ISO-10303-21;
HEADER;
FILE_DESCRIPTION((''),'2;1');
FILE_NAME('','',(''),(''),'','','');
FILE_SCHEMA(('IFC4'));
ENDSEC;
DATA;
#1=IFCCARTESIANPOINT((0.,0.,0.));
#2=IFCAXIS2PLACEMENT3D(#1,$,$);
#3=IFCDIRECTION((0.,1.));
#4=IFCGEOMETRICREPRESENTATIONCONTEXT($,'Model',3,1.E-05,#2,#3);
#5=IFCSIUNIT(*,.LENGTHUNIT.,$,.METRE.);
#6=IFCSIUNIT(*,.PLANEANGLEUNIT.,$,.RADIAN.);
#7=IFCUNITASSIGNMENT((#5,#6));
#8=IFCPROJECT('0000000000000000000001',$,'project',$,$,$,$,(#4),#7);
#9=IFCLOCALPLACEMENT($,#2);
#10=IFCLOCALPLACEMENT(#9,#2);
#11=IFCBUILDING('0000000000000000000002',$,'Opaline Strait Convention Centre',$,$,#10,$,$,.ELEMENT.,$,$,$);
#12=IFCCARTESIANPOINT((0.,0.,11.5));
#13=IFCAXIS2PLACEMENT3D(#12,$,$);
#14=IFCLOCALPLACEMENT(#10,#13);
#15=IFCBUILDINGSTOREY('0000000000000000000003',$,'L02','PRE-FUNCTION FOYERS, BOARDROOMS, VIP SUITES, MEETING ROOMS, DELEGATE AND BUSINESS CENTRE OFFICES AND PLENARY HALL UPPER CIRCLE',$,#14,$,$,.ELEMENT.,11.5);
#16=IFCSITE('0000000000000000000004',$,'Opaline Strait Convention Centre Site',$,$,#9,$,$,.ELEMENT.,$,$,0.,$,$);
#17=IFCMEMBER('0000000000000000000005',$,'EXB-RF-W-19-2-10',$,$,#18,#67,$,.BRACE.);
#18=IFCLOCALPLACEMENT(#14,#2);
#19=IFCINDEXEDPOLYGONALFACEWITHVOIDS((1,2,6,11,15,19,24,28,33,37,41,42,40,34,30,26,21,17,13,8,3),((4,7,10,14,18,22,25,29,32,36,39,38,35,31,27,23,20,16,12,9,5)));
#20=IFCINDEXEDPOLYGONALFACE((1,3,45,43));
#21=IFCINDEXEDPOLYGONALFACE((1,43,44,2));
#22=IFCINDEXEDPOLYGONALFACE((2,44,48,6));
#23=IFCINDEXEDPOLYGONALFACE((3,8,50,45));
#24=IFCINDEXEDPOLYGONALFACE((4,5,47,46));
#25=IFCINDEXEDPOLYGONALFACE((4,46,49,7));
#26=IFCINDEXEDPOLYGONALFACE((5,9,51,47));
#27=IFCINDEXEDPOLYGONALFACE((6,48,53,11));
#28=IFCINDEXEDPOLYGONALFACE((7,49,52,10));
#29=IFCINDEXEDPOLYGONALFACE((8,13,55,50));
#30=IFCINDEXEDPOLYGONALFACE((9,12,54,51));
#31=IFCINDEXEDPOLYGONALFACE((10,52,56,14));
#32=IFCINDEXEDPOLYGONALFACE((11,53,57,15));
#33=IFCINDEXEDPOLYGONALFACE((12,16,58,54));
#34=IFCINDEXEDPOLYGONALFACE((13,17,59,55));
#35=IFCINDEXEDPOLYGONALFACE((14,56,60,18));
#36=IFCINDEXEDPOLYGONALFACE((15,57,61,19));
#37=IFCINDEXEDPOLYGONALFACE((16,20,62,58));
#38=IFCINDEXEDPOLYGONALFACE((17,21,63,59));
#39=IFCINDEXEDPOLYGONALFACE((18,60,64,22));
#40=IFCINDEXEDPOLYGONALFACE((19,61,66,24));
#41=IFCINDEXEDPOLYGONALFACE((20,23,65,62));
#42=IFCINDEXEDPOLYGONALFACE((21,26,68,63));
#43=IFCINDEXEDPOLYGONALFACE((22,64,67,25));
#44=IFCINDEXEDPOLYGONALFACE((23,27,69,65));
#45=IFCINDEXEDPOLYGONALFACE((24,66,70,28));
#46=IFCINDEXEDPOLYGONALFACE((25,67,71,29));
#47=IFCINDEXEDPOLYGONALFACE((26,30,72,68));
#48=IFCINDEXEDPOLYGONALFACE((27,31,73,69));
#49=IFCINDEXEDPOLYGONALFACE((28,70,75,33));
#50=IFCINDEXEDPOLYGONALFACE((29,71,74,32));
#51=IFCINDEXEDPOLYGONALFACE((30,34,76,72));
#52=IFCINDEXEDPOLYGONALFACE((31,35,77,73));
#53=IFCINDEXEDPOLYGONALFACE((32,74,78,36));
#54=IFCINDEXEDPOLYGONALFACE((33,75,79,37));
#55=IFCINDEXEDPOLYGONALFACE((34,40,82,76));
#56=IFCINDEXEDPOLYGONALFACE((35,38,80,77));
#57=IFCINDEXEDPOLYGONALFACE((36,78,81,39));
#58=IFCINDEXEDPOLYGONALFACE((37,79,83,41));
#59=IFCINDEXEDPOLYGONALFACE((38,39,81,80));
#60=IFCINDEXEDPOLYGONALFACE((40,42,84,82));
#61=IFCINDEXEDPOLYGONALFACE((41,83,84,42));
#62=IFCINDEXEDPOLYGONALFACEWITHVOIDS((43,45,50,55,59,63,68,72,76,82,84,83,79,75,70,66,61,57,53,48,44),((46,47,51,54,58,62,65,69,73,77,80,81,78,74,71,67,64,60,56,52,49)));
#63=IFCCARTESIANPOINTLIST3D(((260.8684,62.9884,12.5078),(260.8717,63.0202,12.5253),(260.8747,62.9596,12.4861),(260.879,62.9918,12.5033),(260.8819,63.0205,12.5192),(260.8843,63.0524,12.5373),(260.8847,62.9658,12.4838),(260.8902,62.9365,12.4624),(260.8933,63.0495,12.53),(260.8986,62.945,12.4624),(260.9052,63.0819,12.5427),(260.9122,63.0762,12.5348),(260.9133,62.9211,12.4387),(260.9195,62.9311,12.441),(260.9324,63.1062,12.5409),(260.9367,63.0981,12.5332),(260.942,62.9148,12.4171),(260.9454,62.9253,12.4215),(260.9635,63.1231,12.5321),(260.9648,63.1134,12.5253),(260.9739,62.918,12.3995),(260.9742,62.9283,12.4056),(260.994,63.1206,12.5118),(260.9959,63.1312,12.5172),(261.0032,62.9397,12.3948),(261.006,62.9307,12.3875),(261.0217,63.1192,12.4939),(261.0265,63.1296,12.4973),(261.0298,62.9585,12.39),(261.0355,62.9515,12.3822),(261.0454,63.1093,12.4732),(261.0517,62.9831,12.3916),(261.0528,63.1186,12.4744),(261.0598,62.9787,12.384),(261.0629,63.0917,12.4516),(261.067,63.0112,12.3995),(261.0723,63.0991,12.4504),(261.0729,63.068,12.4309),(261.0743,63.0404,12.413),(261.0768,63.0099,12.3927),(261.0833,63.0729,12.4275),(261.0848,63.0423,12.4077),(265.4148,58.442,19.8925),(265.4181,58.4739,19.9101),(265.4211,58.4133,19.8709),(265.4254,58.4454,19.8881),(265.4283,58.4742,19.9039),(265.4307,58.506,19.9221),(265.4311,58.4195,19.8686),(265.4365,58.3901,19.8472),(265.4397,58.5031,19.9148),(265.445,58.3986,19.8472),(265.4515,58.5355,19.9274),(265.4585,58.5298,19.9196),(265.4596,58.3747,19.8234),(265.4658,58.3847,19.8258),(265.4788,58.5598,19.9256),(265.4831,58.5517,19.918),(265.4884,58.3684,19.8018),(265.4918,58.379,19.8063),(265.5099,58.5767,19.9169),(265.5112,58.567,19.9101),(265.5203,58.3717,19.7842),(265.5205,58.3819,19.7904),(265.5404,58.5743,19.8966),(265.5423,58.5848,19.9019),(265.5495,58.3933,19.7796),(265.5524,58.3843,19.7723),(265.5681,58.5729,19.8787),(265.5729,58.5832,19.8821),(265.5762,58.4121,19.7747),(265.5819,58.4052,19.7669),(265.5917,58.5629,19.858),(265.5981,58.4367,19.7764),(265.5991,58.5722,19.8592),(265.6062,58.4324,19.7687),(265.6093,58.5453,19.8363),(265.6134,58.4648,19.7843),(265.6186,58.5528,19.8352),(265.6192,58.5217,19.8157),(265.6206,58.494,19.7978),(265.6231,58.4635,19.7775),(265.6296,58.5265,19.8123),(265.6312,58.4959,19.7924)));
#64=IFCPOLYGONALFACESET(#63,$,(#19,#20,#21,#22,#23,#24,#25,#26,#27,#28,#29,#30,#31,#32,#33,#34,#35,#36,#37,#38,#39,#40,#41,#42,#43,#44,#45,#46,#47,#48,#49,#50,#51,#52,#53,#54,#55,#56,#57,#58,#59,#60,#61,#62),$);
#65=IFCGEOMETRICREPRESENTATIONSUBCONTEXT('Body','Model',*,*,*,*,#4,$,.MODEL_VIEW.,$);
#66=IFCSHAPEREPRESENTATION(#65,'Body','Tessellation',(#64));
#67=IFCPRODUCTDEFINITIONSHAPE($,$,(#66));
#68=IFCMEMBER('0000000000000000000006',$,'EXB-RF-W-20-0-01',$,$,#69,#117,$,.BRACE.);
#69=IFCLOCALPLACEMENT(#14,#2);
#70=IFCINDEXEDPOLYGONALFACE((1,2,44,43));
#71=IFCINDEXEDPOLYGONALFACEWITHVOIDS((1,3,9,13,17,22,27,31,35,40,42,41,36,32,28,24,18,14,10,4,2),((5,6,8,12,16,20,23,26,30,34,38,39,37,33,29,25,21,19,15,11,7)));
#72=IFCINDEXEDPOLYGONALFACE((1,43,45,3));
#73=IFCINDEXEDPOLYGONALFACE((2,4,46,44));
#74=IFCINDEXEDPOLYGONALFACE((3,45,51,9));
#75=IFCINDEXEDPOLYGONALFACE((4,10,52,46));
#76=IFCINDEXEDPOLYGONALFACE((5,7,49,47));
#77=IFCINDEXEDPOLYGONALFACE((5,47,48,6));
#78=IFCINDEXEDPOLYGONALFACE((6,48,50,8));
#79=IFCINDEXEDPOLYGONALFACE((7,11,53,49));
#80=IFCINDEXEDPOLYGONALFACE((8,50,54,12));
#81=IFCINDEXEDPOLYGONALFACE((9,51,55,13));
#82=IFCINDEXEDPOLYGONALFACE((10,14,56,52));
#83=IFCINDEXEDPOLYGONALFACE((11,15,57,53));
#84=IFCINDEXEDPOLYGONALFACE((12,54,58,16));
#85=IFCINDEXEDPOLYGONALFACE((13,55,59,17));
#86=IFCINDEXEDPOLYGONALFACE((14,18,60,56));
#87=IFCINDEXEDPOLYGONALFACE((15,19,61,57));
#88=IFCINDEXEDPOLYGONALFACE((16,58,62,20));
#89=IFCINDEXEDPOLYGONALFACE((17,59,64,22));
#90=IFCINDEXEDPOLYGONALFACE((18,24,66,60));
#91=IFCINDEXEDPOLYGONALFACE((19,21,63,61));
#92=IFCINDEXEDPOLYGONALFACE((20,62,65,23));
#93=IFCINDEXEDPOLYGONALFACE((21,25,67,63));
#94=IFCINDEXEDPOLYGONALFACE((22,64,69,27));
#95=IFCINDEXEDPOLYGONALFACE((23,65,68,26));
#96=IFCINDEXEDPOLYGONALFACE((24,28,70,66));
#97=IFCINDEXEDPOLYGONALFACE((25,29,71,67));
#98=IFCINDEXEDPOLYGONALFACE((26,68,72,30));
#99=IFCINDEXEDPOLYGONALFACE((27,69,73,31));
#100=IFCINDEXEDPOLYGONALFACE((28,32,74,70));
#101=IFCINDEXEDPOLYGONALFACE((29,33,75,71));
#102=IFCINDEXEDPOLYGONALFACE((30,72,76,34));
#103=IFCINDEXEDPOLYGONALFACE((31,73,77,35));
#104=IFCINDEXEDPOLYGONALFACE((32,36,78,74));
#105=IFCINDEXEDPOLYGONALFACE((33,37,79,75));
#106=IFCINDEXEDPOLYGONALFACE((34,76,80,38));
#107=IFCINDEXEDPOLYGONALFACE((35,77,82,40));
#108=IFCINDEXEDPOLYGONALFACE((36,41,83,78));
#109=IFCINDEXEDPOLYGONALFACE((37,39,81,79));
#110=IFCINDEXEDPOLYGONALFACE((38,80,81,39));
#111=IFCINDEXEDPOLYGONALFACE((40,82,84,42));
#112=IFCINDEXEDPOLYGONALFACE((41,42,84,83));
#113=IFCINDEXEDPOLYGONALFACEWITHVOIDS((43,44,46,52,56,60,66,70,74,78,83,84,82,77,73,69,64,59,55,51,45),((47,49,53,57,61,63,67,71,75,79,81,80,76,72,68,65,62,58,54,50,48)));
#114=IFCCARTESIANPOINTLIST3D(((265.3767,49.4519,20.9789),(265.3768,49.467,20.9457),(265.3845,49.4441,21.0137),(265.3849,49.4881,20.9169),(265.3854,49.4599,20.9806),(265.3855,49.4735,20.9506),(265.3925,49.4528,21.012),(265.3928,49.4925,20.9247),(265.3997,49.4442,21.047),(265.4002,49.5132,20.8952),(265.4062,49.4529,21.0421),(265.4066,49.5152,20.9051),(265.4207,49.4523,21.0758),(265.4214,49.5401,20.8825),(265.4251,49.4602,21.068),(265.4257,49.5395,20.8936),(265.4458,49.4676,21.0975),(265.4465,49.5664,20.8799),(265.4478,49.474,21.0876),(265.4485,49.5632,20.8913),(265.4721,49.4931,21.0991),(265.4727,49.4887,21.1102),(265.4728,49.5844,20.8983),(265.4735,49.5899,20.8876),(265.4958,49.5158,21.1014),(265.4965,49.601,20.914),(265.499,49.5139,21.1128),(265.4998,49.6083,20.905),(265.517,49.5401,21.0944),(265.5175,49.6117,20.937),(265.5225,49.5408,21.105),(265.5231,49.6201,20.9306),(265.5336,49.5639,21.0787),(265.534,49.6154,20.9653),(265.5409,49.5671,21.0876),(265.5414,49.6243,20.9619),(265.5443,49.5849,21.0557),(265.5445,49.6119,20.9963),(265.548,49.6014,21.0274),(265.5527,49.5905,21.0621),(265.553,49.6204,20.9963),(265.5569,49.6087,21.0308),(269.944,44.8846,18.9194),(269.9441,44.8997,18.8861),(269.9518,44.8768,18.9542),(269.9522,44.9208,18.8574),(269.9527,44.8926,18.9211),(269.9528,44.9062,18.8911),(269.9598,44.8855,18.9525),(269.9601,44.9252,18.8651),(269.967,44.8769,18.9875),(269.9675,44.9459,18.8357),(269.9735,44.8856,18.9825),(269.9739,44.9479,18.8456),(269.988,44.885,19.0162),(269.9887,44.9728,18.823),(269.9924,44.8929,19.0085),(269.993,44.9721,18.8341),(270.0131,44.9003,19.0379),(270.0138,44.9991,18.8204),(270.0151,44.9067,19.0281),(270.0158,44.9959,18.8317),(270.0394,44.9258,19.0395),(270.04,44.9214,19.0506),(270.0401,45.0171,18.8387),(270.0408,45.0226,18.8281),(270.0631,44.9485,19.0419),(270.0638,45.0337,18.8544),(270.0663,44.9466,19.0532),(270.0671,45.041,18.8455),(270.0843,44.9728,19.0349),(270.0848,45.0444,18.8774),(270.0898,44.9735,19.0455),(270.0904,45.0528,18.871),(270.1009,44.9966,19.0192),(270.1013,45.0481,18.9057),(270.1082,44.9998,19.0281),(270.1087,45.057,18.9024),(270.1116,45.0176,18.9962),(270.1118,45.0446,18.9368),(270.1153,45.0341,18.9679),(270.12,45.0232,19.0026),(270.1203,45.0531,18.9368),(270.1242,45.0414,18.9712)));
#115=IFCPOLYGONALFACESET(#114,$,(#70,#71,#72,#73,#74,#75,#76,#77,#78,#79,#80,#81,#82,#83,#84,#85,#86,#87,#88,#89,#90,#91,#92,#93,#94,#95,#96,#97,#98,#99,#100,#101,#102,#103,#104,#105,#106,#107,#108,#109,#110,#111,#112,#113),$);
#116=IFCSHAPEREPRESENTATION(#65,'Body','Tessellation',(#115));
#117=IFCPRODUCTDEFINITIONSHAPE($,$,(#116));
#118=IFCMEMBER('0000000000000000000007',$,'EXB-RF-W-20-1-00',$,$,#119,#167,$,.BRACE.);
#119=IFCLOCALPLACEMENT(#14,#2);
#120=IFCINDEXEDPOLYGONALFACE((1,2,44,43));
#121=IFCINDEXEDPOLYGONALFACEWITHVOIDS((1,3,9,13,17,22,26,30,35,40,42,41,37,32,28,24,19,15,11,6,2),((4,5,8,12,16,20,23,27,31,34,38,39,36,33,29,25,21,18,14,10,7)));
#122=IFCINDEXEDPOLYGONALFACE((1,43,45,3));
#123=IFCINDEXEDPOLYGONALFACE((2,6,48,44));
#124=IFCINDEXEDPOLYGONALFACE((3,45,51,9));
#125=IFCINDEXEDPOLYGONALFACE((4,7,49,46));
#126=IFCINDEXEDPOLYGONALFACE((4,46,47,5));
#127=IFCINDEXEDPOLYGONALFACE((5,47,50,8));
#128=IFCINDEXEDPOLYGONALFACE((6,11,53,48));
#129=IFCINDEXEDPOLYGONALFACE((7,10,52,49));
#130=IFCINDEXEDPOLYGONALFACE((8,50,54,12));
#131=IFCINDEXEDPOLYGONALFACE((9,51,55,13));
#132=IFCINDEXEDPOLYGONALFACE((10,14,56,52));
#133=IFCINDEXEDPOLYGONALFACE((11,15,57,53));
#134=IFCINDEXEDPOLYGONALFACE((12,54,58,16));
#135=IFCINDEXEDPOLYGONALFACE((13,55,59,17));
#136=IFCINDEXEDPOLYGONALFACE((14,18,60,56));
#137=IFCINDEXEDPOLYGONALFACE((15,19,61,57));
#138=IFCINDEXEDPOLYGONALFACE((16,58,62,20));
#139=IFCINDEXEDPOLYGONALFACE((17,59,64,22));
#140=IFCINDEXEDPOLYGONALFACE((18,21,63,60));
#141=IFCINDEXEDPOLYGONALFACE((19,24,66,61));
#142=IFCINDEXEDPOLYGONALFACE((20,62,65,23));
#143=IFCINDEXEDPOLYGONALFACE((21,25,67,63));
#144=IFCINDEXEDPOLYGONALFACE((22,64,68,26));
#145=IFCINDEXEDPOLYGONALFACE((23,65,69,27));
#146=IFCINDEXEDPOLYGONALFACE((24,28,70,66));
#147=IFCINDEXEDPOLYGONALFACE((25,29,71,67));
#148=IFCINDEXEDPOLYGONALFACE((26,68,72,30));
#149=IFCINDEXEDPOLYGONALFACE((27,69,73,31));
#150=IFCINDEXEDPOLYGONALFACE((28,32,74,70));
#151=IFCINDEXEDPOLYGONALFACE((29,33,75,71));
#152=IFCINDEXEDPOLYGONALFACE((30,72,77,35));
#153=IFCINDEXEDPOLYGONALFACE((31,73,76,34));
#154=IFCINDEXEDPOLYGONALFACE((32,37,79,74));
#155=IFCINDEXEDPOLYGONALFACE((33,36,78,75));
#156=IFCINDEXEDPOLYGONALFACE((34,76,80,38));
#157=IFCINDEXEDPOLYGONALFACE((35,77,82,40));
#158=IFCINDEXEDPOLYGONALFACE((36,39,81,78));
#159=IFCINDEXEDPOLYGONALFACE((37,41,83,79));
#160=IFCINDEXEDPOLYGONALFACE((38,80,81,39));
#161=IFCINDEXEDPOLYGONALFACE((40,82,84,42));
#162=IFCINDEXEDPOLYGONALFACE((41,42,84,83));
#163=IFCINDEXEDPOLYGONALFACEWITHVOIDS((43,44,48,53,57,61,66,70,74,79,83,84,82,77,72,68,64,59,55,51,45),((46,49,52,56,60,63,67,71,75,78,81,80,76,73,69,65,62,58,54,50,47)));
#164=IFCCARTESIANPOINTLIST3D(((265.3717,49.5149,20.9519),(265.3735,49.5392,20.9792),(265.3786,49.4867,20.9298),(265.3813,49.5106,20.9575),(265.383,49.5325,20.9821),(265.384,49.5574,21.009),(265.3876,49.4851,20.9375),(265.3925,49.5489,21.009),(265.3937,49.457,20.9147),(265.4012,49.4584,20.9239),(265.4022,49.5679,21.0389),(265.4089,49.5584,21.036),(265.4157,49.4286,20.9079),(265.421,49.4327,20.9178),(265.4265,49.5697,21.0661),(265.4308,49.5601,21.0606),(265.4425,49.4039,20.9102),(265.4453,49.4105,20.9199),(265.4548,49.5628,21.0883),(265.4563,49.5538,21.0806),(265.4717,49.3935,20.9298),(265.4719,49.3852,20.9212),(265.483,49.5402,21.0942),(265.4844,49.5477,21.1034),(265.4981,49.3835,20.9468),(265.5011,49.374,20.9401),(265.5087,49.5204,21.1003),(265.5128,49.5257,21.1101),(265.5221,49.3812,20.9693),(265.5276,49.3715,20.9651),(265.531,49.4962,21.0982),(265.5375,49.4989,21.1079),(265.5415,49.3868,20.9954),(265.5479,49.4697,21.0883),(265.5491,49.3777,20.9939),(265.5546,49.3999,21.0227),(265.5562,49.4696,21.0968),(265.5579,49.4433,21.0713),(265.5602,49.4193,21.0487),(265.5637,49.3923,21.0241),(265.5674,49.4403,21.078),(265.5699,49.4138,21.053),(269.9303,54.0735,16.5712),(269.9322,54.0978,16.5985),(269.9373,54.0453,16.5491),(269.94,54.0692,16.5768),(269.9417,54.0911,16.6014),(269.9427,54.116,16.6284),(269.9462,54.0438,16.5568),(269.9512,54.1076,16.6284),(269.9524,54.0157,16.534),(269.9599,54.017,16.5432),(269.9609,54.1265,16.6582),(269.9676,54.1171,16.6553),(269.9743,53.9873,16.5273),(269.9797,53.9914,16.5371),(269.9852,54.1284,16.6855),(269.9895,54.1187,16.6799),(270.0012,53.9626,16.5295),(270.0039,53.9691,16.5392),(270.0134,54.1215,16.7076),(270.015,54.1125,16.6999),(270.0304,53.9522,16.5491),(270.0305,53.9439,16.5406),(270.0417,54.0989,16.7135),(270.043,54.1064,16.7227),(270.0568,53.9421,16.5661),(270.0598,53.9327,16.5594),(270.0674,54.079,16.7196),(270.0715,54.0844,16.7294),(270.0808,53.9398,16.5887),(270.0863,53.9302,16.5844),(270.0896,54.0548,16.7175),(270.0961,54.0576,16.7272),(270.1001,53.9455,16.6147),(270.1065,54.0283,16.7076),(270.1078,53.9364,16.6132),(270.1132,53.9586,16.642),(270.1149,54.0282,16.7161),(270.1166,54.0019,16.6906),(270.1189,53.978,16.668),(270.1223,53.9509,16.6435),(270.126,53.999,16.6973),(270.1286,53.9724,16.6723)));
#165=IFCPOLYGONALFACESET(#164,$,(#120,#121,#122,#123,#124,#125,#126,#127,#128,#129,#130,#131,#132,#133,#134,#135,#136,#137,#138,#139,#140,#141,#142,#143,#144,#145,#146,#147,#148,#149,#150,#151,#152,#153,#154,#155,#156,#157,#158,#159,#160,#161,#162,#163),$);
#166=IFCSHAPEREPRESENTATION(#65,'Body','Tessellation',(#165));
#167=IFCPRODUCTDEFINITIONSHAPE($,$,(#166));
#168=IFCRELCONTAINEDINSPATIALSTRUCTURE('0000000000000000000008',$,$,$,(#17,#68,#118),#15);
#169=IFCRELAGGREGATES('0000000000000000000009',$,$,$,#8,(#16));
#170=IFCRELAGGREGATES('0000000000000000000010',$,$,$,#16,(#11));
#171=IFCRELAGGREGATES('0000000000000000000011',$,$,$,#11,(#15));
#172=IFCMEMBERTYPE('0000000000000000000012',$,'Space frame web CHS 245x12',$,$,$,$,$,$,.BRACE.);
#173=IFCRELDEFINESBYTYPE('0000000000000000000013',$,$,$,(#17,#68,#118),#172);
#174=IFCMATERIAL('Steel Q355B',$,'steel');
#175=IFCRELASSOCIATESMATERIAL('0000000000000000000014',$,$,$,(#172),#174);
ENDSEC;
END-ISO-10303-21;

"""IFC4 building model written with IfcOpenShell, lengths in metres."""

from ifc_helpers import new_model, si_unit, direction, frame, origin, origin_2d, place, context, subcontext, project, spatial, hollow_circle, extrude, material, material_profile, profile_set, type_object, element, save


model = new_model("IFC4")

# Units and contexts
model_context = context("Model", 3, precision=1e-05, world=origin(), true_north=direction((0.0, 1.0)))
body_context = subcontext(model_context, "Body", "Model", "MODEL_VIEW")
ifc_project = project(units=[si_unit("LENGTHUNIT", "METRE"), si_unit("PLANEANGLEUNIT", "RADIAN")], contexts=[model_context])

# Site, building, storey
site_placement = place(None, origin())
site = spatial("IfcSite", under=ifc_project, at=site_placement, Name="Opaline Strait Convention Centre Site", CompositionType="ELEMENT", RefElevation=0.0)
building_placement = place(site_placement, origin())
building = spatial("IfcBuilding", under=site, at=building_placement, Name="Opaline Strait Convention Centre", CompositionType="ELEMENT")
storey_placement = place(building_placement, frame((0.0, 0.0, 11.5)))
storey = spatial("IfcBuildingStorey", under=building, at=storey_placement, Name="L02", Description="PRE-FUNCTION FOYERS, BOARDROOMS, VIP SUITES, MEETING ROOMS, DELEGATE AND BUSINESS CENTRE OFFICES AND PLENARY HALL UPPER CIRCLE", CompositionType="ELEMENT", Elevation=11.5)

# Members
ifc_material_1 = material(Name="Steel Q355B", Category="steel")
ifc_material_profile_1 = material_profile(ifc_material_1, hollow_circle(Radius=0.1226, WallThickness=0.012, at=origin_2d()), Name="CHS 245x12")
ifc_profile_set_1 = profile_set([ifc_material_profile_1], Name="Steel Q355B")
member_type_1 = type_object("IfcMemberType", Name="Space frame web CHS 245x12", PredefinedType="BRACE", material=ifc_profile_set_1)
for number, where, z_axis, x_axis, name in (
    (1, (265.5232, 58.4768, 19.8472), (-0.464318, 0.464318, -0.754199), (-0.707107, -0.707107, 0.0), "EXB-RF-W-19-2-10"),
):
    element("IfcMember", number, at=place(storey_placement, frame(where, z_axis=z_axis, x_axis=x_axis)), inside=storey, type_object=member_type_1, Name=name, PredefinedType="BRACE", context=body_context, shape_type="SweptSolid", body=[
        extrude(hollow_circle(Radius=0.1226, WallThickness=0.012, at=origin_2d()), origin(), (0.0, 0.0, 1.0), 9.7915),
    ])
member_1_placement = place(storey_placement, frame((265.4663, 49.5337, 20.9963), z_axis=(0.673689, -0.673689, -0.303787), x_axis=(0.707107, 0.707107, 0.0)))
element("IfcMember", 2, at=member_1_placement, inside=storey, type_object=member_type_1, Name="EXB-RF-W-20-0-01", PredefinedType="BRACE", context=body_context, shape_type="SweptSolid", body=[
    extrude(hollow_circle(Radius=0.1226, WallThickness=0.012, at=origin_2d()), origin(), (0.0, 0.0, 1.0), 6.7795),
])
member_2_placement = place(storey_placement, frame((265.4707, 49.4707, 21.009), z_axis=(0.584861, 0.584861, -0.562027), x_axis=(-0.707107, 0.707107, 0.0)))
element("IfcMember", 3, at=member_2_placement, inside=storey, type_object=member_type_1, Name="EXB-RF-W-20-1-00", PredefinedType="BRACE", context=body_context, shape_type="SweptSolid", body=[
    extrude(hollow_circle(Radius=0.1226, WallThickness=0.012, at=origin_2d()), origin(), (0.0, 0.0, 1.0), 7.7944),
])

save(model, "model.ifc")
